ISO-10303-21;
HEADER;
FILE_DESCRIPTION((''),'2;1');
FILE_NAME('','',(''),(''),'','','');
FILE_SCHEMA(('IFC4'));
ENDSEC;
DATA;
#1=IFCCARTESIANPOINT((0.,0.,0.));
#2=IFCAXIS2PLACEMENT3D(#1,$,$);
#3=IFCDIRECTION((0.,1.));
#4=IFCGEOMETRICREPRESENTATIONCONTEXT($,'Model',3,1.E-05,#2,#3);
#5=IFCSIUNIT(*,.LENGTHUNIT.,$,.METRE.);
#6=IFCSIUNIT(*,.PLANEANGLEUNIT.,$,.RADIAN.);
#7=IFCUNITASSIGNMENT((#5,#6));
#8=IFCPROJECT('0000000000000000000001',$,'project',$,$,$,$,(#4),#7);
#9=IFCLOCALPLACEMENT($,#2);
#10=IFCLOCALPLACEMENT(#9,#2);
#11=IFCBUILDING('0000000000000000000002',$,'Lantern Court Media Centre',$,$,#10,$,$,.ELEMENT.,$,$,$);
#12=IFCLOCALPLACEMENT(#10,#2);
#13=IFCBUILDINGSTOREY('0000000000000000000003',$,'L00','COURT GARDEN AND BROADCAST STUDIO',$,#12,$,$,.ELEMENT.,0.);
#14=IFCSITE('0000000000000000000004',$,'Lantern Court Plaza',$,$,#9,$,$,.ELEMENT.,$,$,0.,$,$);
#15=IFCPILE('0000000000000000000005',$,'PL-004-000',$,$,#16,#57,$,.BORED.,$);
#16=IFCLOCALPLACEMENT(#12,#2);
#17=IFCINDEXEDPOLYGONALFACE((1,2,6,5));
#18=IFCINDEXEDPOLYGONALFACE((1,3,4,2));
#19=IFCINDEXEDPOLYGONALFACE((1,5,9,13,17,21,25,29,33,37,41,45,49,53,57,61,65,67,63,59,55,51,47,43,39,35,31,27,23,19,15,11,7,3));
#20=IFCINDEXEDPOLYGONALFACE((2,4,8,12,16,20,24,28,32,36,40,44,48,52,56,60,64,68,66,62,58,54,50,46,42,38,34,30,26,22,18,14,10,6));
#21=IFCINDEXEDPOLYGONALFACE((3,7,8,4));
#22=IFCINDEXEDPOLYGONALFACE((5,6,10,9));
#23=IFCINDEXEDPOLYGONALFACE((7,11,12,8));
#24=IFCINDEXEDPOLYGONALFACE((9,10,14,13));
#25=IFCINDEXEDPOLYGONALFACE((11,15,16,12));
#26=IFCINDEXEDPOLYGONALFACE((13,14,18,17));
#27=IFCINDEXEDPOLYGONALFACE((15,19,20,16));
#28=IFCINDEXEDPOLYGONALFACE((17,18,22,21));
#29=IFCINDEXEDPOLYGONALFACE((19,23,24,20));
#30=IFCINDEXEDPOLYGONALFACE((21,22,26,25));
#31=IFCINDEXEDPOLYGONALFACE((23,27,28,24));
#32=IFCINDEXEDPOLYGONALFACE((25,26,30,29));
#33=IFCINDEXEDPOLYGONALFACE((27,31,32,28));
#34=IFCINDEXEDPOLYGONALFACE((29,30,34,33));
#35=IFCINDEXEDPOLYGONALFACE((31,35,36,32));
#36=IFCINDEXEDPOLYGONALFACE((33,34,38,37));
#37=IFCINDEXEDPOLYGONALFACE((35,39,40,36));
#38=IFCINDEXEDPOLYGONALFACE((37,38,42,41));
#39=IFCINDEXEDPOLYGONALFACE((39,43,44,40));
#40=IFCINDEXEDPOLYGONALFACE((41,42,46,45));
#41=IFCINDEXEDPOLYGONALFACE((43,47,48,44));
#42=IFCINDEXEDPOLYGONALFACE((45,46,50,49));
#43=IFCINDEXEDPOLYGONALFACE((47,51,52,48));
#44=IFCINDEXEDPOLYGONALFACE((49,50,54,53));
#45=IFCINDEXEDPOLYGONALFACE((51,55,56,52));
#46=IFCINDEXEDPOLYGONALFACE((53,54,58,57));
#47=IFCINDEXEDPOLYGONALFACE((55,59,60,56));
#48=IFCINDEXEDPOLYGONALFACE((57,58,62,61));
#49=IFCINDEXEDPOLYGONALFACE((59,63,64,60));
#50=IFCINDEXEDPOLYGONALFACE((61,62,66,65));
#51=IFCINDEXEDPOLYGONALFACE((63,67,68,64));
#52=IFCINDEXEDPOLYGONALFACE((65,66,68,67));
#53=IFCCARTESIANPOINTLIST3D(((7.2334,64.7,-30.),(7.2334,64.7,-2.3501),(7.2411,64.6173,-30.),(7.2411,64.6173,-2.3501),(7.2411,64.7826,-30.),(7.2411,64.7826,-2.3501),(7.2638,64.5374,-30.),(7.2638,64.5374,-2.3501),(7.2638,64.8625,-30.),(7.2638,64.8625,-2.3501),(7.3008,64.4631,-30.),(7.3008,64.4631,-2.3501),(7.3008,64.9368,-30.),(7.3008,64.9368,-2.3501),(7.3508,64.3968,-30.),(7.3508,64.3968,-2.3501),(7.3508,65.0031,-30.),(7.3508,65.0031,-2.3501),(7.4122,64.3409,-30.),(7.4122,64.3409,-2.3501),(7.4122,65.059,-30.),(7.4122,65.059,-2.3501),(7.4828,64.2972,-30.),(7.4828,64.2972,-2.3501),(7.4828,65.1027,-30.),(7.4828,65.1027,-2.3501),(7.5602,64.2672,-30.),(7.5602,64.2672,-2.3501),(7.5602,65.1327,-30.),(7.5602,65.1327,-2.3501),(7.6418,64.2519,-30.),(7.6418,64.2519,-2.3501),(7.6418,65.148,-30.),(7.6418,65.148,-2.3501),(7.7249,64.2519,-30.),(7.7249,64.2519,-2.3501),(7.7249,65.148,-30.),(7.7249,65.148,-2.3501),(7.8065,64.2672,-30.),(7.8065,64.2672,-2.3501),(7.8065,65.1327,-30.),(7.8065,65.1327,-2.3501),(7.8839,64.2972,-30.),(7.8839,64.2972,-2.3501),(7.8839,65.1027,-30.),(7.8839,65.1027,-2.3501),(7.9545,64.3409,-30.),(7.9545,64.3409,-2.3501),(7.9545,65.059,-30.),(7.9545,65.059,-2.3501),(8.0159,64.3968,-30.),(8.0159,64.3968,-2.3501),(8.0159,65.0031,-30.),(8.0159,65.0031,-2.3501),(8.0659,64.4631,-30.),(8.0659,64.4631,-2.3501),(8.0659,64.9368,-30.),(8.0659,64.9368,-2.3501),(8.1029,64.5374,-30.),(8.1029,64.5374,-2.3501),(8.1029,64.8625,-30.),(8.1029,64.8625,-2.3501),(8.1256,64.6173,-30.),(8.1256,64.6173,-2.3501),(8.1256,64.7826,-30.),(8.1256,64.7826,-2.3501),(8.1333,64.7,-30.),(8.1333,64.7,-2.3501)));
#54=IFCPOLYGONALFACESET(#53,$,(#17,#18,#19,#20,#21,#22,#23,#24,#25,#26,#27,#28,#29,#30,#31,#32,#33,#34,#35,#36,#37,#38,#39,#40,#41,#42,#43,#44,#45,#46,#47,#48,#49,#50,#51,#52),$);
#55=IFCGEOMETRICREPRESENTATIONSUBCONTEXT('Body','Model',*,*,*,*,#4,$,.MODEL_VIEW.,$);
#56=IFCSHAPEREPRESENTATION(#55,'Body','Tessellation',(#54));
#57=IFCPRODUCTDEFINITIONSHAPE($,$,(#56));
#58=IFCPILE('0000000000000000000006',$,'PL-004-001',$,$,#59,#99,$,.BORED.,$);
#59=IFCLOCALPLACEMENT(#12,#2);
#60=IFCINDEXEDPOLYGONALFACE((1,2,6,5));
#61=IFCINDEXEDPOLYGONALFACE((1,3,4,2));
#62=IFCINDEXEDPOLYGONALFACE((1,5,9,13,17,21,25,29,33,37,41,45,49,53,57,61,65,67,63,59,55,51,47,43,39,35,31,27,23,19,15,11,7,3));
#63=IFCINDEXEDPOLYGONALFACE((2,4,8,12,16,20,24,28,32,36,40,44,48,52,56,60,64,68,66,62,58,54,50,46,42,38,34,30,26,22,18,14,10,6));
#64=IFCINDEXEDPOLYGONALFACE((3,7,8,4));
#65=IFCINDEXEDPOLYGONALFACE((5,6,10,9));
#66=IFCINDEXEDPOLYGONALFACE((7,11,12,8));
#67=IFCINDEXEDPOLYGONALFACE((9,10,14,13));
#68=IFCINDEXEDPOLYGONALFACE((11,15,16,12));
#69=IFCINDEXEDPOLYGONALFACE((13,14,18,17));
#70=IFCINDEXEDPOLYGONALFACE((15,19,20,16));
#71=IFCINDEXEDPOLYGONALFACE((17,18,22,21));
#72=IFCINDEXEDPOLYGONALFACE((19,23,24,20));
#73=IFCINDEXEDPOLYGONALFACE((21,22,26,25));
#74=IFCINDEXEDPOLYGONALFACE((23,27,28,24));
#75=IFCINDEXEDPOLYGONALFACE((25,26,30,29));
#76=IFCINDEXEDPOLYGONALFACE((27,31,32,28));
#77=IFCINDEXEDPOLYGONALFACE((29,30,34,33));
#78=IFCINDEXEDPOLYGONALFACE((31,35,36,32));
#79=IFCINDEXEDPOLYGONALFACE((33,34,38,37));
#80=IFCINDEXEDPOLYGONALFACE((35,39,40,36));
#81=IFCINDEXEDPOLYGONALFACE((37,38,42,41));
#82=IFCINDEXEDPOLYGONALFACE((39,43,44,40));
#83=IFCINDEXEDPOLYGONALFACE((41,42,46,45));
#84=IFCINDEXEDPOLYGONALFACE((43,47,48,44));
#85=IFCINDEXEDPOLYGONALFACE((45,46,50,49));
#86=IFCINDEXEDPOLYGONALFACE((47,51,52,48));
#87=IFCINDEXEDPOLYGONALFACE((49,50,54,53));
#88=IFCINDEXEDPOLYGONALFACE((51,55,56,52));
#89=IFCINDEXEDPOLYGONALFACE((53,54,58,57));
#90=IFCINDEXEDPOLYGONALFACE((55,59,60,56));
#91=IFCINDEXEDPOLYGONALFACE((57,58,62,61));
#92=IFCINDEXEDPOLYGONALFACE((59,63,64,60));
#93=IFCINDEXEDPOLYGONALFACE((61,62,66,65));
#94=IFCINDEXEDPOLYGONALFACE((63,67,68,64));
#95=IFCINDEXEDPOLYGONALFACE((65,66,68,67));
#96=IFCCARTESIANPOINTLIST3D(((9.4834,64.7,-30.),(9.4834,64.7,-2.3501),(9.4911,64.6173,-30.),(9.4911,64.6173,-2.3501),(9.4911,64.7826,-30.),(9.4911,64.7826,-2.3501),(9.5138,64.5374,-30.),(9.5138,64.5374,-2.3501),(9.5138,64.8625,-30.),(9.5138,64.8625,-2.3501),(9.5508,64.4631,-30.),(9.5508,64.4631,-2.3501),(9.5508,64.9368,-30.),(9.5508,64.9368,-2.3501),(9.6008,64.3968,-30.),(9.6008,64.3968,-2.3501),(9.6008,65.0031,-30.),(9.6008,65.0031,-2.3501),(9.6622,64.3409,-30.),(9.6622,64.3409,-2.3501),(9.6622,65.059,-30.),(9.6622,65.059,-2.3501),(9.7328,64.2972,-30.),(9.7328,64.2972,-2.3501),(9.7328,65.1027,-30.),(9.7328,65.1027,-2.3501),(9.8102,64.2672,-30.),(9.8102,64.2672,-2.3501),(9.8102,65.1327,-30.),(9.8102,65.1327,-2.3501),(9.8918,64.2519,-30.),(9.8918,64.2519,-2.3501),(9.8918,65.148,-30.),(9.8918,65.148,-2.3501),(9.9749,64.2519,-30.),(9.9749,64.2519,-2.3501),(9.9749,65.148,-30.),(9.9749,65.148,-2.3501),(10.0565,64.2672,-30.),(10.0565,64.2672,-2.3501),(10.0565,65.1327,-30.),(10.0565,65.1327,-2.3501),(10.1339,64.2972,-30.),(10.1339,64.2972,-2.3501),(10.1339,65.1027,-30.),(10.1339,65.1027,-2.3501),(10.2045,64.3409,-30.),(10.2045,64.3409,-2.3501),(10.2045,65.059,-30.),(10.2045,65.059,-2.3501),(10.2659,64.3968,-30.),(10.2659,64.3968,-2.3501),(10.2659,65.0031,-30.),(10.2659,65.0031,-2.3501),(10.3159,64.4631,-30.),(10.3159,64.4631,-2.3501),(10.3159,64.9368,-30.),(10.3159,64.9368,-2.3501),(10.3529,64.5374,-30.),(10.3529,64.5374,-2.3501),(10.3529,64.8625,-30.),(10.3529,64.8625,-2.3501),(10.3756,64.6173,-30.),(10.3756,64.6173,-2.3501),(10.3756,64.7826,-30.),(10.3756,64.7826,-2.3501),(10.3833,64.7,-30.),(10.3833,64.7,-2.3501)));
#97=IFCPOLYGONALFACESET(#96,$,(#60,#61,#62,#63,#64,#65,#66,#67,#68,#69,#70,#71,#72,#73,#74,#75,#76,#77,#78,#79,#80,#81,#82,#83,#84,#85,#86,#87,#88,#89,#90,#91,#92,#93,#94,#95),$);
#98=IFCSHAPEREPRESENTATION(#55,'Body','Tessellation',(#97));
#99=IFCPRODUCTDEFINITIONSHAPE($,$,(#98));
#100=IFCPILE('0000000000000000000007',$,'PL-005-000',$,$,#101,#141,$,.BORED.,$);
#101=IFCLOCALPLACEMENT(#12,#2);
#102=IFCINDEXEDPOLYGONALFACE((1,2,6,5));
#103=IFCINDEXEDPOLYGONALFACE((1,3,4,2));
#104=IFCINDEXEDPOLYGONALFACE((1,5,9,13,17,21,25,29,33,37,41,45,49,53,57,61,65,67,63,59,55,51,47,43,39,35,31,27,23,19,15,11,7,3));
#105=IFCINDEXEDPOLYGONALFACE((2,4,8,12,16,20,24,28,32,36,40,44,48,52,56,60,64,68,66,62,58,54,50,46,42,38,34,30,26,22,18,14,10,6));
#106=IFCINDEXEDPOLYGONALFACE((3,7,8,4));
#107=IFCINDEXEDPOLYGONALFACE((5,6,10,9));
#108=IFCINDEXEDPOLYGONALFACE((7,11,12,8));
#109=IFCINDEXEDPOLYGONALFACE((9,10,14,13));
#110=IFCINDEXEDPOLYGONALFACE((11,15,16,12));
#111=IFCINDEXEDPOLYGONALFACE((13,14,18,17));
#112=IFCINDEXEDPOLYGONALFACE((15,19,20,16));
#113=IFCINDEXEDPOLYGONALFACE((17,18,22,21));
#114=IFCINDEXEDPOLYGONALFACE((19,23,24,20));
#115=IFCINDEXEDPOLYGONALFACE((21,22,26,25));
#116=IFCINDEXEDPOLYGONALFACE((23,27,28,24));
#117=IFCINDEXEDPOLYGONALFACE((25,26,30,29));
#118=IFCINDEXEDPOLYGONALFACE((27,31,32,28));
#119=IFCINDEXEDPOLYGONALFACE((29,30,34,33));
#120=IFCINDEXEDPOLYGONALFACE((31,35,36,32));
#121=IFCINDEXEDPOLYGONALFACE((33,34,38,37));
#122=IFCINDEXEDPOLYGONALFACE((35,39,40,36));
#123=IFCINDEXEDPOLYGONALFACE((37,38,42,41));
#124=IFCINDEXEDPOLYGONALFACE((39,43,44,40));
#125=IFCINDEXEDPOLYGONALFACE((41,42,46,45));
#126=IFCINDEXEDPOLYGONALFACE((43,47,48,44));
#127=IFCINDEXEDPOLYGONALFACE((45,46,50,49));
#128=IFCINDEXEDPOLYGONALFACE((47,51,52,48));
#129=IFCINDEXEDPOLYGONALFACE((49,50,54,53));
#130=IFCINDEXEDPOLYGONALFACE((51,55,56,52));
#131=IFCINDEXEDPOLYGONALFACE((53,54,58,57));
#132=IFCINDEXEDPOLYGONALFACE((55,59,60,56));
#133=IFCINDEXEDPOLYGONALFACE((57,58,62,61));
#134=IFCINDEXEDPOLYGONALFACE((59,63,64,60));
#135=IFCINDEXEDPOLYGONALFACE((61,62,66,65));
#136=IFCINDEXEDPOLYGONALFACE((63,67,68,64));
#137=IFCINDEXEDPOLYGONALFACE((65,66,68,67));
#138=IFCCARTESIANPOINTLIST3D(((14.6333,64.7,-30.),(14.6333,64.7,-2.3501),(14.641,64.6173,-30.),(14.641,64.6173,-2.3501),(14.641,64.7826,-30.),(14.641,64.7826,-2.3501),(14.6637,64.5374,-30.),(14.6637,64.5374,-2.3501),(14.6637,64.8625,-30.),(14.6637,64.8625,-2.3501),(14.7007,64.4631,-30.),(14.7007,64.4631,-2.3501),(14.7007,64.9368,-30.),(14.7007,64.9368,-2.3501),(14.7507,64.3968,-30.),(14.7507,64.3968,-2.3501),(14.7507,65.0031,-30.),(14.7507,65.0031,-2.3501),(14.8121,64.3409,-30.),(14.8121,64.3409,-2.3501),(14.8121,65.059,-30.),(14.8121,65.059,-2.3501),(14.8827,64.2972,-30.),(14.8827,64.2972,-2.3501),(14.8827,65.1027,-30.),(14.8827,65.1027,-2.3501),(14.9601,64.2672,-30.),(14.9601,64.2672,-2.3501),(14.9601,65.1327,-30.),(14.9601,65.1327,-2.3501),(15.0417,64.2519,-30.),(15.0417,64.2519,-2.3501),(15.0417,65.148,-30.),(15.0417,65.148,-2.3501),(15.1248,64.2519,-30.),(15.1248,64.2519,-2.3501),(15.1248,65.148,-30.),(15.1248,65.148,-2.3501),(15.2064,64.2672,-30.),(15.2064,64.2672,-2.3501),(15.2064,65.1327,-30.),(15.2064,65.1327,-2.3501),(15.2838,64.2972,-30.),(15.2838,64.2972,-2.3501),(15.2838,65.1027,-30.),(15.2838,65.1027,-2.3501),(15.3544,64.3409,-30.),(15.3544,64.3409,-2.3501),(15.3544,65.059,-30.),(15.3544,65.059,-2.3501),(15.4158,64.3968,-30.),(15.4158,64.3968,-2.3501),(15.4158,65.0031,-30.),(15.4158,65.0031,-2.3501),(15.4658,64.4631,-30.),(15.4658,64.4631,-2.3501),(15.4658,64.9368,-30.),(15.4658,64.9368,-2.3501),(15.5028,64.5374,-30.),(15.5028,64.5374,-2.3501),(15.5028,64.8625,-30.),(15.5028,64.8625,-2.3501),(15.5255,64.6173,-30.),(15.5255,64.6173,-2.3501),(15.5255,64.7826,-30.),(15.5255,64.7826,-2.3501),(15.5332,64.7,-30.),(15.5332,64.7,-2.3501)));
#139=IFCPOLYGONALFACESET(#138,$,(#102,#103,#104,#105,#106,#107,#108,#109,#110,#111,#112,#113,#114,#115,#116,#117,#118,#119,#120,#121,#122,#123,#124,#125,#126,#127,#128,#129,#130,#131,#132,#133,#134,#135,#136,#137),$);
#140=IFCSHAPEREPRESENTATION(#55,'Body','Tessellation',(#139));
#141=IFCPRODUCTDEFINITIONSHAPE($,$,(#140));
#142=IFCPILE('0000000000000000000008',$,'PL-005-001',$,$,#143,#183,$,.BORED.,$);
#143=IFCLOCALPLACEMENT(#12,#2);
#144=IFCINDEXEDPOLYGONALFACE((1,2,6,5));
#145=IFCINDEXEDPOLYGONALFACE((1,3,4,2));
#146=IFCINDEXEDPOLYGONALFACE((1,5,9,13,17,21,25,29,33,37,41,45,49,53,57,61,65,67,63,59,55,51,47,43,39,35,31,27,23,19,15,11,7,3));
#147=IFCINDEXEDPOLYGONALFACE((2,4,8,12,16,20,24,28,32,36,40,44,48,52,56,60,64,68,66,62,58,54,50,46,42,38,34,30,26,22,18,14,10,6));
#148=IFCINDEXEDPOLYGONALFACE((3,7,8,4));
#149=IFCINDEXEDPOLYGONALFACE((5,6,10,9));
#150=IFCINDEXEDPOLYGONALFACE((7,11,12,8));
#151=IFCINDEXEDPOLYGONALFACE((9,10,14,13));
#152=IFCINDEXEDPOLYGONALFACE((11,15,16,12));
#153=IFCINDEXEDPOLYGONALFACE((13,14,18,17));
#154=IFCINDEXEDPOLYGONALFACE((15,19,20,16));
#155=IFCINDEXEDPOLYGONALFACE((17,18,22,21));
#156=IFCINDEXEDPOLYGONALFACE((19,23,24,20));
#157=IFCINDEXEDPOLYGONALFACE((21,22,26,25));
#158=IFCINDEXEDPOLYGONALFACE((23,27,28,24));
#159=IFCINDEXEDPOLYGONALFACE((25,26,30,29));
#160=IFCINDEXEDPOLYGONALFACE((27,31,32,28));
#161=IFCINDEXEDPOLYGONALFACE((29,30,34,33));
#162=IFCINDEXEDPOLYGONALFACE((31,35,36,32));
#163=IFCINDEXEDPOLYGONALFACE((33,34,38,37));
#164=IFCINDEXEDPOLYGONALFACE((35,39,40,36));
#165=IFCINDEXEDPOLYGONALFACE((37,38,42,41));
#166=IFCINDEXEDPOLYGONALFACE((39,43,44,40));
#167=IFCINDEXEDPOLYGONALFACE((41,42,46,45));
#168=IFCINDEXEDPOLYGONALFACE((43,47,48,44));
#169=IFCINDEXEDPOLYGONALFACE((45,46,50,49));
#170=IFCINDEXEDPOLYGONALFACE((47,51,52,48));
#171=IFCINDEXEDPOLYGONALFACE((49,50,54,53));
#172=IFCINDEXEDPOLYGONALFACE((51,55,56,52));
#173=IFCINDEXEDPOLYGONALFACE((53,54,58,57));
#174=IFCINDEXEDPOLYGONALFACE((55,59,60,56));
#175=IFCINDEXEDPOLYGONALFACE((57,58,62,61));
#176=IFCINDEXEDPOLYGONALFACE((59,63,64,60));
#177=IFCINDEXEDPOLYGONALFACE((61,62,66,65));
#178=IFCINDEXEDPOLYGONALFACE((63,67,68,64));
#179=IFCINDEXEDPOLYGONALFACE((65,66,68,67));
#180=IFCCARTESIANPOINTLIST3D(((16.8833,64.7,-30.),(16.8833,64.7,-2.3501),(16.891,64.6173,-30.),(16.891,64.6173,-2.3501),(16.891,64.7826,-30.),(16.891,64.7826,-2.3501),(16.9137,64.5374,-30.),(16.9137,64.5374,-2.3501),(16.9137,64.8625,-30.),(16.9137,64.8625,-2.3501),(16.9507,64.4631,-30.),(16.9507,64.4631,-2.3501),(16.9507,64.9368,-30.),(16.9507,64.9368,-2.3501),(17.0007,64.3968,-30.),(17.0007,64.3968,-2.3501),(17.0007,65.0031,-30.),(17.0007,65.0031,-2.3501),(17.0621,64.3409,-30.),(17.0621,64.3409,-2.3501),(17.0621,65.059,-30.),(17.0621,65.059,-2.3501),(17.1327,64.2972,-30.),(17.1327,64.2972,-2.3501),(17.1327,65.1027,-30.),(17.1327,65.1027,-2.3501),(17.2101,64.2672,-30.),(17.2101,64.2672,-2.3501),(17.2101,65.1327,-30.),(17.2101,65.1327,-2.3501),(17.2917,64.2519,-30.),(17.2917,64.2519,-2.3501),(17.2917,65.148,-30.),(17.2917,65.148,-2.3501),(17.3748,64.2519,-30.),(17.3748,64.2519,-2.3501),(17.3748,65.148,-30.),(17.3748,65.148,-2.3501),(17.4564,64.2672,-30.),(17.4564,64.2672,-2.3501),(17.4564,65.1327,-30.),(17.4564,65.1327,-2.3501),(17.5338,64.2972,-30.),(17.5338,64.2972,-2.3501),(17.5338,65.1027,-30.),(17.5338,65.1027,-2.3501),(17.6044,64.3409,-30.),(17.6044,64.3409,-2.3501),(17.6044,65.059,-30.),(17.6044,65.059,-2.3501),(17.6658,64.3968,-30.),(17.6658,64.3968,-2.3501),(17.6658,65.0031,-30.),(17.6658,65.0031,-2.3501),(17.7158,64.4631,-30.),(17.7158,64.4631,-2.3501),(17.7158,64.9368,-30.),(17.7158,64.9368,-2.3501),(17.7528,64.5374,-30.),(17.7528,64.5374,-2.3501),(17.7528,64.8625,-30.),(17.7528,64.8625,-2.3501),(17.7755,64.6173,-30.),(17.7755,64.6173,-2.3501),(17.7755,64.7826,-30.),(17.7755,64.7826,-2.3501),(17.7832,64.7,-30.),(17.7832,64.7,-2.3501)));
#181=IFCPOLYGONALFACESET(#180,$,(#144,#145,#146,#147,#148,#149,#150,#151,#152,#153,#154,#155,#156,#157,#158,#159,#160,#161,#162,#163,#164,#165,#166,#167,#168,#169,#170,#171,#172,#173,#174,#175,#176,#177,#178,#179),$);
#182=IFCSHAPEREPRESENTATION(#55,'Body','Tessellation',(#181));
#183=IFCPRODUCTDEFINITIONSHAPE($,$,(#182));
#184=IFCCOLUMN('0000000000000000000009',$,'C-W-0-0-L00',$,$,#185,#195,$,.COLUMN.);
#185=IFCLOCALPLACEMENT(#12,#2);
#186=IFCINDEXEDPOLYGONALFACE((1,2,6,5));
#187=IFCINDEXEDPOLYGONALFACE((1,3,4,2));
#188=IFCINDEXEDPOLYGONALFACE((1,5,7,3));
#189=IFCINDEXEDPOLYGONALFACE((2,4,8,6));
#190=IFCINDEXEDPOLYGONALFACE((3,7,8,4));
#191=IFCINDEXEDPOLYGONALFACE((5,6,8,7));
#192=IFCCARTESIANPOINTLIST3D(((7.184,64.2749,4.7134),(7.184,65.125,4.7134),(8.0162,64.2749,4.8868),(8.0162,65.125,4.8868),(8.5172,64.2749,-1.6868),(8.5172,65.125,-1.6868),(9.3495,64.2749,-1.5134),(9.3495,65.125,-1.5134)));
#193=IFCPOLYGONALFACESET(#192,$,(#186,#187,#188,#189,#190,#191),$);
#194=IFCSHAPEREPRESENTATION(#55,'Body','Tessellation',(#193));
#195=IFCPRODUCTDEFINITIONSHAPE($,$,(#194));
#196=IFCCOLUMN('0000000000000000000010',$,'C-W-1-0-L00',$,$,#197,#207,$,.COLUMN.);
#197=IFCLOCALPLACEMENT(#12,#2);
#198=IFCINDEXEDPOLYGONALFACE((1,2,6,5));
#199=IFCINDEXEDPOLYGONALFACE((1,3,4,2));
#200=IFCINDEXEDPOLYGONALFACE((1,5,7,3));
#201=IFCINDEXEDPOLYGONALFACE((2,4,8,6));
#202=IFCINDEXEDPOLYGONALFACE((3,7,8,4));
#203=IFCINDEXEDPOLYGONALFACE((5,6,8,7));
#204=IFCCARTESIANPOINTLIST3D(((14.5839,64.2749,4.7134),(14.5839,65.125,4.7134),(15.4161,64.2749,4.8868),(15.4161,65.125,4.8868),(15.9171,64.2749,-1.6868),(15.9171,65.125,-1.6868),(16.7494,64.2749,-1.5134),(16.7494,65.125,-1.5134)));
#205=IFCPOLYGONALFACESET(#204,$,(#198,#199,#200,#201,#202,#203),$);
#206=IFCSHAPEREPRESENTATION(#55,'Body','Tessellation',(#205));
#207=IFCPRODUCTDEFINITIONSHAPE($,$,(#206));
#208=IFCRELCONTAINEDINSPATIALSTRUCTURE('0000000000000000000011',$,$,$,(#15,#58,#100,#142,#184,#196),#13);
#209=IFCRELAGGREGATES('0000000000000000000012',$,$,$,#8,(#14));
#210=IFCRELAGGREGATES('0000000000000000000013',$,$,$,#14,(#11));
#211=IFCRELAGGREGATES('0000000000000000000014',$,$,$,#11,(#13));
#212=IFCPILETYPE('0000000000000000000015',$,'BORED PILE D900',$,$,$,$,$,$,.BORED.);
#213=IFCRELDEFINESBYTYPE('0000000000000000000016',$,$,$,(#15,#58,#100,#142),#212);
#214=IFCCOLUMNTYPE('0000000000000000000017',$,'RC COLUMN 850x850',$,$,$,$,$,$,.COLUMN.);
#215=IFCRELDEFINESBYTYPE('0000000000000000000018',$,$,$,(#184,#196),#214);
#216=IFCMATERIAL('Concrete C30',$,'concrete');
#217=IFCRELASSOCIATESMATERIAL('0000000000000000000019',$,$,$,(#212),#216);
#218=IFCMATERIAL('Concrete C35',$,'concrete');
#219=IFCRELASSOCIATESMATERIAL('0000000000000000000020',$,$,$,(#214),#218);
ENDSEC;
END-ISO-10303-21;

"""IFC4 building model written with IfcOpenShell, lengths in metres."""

from ifc_helpers import new_model, si_unit, direction, frame, origin, origin_2d, place, context, subcontext, project, spatial, rectangle, circle, extrude, material, material_profile, profile_set, type_object, element, save


model = new_model("IFC4")

# Units and contexts
model_context = context("Model", 3, precision=1e-05, world=origin(), true_north=direction((0.0, 1.0)))
body_context = subcontext(model_context, "Body", "Model", "MODEL_VIEW")
ifc_project = project(units=[si_unit("LENGTHUNIT", "METRE"), si_unit("PLANEANGLEUNIT", "RADIAN")], contexts=[model_context])

# Site, building, storey
site_placement = place(None, origin())
site = spatial("IfcSite", under=ifc_project, at=site_placement, Name="Lantern Court Plaza", CompositionType="ELEMENT", RefElevation=0.0)
building_placement = place(site_placement, origin())
building = spatial("IfcBuilding", under=site, at=building_placement, Name="Lantern Court Media Centre", CompositionType="ELEMENT")
storey_placement = place(building_placement, origin())
storey = spatial("IfcBuildingStorey", under=building, at=storey_placement, Name="L00", Description="COURT GARDEN AND BROADCAST STUDIO", CompositionType="ELEMENT", Elevation=0.0)

# Piles
ifc_material_1 = material(Name="Concrete C30", Category="concrete")
ifc_material_profile_1 = material_profile(ifc_material_1, circle(Radius=0.45, at=origin_2d()), Name="D900")
ifc_profile_set_1 = profile_set([ifc_material_profile_1], Name="Concrete C30")
pile_type = type_object("IfcPileType", Name="BORED PILE D900", PredefinedType="BORED", material=ifc_profile_set_1)
for number, where, z_axis, x_axis, name in (
    (1, (7.6833, 64.7, -2.3501), (0.0, 0.0, -1.0), (1.0, 0.0, 0.0), "PL-004-000"),
    (2, (9.9333, 64.7, -2.3501), (0.0, 0.0, -1.0), (1.0, 0.0, 0.0), "PL-004-001"),
    (3, (15.0833, 64.7, -2.3501), (0.0, 0.0, -1.0), (1.0, 0.0, 0.0), "PL-005-000"),
    (4, (17.3333, 64.7, -2.3501), (0.0, 0.0, -1.0), (1.0, 0.0, 0.0), "PL-005-001"),
):
    element("IfcPile", number, at=place(storey_placement, frame(where, z_axis=z_axis, x_axis=x_axis)), inside=storey, type_object=pile_type, Name=name, PredefinedType="BORED", context=body_context, shape_type="SweptSolid", body=[
        extrude(circle(Radius=0.45, at=origin_2d()), origin(), (0.0, 0.0, 1.0), 27.6499),
    ])

# Columns
ifc_material_2 = material(Name="Concrete C35", Category="concrete")
ifc_material_profile_2 = material_profile(ifc_material_2, rectangle(XDim=0.8501, YDim=0.8501, at=origin_2d()), Name="RC 850x850")
ifc_profile_set_2 = profile_set([ifc_material_profile_2], Name="Concrete C35")
column_type = type_object("IfcColumnType", Name="RC COLUMN 850x850", PredefinedType="COLUMN", material=ifc_profile_set_2)
for number, where, z_axis, x_axis, name in (
    (5, (8.9333, 64.7, -1.6001), (-0.203938, 0.0, 0.978984), (0.0, -1.0, 0.0), "C-W-0-0-L00"),
    (6, (16.3333, 64.7, -1.6001), (-0.203938, 0.0, 0.978984), (0.0, -1.0, 0.0), "C-W-1-0-L00"),
):
    element("IfcColumn", number, at=place(storey_placement, frame(where, z_axis=z_axis, x_axis=x_axis)), inside=storey, type_object=column_type, Name=name, PredefinedType="COLUMN", context=body_context, shape_type="SweptSolid", body=[
        extrude(rectangle(XDim=0.8501, YDim=0.8501, at=origin_2d()), origin(), (0.0, 0.0, 1.0), 6.5376),
    ])

save(model, "model.ifc")
